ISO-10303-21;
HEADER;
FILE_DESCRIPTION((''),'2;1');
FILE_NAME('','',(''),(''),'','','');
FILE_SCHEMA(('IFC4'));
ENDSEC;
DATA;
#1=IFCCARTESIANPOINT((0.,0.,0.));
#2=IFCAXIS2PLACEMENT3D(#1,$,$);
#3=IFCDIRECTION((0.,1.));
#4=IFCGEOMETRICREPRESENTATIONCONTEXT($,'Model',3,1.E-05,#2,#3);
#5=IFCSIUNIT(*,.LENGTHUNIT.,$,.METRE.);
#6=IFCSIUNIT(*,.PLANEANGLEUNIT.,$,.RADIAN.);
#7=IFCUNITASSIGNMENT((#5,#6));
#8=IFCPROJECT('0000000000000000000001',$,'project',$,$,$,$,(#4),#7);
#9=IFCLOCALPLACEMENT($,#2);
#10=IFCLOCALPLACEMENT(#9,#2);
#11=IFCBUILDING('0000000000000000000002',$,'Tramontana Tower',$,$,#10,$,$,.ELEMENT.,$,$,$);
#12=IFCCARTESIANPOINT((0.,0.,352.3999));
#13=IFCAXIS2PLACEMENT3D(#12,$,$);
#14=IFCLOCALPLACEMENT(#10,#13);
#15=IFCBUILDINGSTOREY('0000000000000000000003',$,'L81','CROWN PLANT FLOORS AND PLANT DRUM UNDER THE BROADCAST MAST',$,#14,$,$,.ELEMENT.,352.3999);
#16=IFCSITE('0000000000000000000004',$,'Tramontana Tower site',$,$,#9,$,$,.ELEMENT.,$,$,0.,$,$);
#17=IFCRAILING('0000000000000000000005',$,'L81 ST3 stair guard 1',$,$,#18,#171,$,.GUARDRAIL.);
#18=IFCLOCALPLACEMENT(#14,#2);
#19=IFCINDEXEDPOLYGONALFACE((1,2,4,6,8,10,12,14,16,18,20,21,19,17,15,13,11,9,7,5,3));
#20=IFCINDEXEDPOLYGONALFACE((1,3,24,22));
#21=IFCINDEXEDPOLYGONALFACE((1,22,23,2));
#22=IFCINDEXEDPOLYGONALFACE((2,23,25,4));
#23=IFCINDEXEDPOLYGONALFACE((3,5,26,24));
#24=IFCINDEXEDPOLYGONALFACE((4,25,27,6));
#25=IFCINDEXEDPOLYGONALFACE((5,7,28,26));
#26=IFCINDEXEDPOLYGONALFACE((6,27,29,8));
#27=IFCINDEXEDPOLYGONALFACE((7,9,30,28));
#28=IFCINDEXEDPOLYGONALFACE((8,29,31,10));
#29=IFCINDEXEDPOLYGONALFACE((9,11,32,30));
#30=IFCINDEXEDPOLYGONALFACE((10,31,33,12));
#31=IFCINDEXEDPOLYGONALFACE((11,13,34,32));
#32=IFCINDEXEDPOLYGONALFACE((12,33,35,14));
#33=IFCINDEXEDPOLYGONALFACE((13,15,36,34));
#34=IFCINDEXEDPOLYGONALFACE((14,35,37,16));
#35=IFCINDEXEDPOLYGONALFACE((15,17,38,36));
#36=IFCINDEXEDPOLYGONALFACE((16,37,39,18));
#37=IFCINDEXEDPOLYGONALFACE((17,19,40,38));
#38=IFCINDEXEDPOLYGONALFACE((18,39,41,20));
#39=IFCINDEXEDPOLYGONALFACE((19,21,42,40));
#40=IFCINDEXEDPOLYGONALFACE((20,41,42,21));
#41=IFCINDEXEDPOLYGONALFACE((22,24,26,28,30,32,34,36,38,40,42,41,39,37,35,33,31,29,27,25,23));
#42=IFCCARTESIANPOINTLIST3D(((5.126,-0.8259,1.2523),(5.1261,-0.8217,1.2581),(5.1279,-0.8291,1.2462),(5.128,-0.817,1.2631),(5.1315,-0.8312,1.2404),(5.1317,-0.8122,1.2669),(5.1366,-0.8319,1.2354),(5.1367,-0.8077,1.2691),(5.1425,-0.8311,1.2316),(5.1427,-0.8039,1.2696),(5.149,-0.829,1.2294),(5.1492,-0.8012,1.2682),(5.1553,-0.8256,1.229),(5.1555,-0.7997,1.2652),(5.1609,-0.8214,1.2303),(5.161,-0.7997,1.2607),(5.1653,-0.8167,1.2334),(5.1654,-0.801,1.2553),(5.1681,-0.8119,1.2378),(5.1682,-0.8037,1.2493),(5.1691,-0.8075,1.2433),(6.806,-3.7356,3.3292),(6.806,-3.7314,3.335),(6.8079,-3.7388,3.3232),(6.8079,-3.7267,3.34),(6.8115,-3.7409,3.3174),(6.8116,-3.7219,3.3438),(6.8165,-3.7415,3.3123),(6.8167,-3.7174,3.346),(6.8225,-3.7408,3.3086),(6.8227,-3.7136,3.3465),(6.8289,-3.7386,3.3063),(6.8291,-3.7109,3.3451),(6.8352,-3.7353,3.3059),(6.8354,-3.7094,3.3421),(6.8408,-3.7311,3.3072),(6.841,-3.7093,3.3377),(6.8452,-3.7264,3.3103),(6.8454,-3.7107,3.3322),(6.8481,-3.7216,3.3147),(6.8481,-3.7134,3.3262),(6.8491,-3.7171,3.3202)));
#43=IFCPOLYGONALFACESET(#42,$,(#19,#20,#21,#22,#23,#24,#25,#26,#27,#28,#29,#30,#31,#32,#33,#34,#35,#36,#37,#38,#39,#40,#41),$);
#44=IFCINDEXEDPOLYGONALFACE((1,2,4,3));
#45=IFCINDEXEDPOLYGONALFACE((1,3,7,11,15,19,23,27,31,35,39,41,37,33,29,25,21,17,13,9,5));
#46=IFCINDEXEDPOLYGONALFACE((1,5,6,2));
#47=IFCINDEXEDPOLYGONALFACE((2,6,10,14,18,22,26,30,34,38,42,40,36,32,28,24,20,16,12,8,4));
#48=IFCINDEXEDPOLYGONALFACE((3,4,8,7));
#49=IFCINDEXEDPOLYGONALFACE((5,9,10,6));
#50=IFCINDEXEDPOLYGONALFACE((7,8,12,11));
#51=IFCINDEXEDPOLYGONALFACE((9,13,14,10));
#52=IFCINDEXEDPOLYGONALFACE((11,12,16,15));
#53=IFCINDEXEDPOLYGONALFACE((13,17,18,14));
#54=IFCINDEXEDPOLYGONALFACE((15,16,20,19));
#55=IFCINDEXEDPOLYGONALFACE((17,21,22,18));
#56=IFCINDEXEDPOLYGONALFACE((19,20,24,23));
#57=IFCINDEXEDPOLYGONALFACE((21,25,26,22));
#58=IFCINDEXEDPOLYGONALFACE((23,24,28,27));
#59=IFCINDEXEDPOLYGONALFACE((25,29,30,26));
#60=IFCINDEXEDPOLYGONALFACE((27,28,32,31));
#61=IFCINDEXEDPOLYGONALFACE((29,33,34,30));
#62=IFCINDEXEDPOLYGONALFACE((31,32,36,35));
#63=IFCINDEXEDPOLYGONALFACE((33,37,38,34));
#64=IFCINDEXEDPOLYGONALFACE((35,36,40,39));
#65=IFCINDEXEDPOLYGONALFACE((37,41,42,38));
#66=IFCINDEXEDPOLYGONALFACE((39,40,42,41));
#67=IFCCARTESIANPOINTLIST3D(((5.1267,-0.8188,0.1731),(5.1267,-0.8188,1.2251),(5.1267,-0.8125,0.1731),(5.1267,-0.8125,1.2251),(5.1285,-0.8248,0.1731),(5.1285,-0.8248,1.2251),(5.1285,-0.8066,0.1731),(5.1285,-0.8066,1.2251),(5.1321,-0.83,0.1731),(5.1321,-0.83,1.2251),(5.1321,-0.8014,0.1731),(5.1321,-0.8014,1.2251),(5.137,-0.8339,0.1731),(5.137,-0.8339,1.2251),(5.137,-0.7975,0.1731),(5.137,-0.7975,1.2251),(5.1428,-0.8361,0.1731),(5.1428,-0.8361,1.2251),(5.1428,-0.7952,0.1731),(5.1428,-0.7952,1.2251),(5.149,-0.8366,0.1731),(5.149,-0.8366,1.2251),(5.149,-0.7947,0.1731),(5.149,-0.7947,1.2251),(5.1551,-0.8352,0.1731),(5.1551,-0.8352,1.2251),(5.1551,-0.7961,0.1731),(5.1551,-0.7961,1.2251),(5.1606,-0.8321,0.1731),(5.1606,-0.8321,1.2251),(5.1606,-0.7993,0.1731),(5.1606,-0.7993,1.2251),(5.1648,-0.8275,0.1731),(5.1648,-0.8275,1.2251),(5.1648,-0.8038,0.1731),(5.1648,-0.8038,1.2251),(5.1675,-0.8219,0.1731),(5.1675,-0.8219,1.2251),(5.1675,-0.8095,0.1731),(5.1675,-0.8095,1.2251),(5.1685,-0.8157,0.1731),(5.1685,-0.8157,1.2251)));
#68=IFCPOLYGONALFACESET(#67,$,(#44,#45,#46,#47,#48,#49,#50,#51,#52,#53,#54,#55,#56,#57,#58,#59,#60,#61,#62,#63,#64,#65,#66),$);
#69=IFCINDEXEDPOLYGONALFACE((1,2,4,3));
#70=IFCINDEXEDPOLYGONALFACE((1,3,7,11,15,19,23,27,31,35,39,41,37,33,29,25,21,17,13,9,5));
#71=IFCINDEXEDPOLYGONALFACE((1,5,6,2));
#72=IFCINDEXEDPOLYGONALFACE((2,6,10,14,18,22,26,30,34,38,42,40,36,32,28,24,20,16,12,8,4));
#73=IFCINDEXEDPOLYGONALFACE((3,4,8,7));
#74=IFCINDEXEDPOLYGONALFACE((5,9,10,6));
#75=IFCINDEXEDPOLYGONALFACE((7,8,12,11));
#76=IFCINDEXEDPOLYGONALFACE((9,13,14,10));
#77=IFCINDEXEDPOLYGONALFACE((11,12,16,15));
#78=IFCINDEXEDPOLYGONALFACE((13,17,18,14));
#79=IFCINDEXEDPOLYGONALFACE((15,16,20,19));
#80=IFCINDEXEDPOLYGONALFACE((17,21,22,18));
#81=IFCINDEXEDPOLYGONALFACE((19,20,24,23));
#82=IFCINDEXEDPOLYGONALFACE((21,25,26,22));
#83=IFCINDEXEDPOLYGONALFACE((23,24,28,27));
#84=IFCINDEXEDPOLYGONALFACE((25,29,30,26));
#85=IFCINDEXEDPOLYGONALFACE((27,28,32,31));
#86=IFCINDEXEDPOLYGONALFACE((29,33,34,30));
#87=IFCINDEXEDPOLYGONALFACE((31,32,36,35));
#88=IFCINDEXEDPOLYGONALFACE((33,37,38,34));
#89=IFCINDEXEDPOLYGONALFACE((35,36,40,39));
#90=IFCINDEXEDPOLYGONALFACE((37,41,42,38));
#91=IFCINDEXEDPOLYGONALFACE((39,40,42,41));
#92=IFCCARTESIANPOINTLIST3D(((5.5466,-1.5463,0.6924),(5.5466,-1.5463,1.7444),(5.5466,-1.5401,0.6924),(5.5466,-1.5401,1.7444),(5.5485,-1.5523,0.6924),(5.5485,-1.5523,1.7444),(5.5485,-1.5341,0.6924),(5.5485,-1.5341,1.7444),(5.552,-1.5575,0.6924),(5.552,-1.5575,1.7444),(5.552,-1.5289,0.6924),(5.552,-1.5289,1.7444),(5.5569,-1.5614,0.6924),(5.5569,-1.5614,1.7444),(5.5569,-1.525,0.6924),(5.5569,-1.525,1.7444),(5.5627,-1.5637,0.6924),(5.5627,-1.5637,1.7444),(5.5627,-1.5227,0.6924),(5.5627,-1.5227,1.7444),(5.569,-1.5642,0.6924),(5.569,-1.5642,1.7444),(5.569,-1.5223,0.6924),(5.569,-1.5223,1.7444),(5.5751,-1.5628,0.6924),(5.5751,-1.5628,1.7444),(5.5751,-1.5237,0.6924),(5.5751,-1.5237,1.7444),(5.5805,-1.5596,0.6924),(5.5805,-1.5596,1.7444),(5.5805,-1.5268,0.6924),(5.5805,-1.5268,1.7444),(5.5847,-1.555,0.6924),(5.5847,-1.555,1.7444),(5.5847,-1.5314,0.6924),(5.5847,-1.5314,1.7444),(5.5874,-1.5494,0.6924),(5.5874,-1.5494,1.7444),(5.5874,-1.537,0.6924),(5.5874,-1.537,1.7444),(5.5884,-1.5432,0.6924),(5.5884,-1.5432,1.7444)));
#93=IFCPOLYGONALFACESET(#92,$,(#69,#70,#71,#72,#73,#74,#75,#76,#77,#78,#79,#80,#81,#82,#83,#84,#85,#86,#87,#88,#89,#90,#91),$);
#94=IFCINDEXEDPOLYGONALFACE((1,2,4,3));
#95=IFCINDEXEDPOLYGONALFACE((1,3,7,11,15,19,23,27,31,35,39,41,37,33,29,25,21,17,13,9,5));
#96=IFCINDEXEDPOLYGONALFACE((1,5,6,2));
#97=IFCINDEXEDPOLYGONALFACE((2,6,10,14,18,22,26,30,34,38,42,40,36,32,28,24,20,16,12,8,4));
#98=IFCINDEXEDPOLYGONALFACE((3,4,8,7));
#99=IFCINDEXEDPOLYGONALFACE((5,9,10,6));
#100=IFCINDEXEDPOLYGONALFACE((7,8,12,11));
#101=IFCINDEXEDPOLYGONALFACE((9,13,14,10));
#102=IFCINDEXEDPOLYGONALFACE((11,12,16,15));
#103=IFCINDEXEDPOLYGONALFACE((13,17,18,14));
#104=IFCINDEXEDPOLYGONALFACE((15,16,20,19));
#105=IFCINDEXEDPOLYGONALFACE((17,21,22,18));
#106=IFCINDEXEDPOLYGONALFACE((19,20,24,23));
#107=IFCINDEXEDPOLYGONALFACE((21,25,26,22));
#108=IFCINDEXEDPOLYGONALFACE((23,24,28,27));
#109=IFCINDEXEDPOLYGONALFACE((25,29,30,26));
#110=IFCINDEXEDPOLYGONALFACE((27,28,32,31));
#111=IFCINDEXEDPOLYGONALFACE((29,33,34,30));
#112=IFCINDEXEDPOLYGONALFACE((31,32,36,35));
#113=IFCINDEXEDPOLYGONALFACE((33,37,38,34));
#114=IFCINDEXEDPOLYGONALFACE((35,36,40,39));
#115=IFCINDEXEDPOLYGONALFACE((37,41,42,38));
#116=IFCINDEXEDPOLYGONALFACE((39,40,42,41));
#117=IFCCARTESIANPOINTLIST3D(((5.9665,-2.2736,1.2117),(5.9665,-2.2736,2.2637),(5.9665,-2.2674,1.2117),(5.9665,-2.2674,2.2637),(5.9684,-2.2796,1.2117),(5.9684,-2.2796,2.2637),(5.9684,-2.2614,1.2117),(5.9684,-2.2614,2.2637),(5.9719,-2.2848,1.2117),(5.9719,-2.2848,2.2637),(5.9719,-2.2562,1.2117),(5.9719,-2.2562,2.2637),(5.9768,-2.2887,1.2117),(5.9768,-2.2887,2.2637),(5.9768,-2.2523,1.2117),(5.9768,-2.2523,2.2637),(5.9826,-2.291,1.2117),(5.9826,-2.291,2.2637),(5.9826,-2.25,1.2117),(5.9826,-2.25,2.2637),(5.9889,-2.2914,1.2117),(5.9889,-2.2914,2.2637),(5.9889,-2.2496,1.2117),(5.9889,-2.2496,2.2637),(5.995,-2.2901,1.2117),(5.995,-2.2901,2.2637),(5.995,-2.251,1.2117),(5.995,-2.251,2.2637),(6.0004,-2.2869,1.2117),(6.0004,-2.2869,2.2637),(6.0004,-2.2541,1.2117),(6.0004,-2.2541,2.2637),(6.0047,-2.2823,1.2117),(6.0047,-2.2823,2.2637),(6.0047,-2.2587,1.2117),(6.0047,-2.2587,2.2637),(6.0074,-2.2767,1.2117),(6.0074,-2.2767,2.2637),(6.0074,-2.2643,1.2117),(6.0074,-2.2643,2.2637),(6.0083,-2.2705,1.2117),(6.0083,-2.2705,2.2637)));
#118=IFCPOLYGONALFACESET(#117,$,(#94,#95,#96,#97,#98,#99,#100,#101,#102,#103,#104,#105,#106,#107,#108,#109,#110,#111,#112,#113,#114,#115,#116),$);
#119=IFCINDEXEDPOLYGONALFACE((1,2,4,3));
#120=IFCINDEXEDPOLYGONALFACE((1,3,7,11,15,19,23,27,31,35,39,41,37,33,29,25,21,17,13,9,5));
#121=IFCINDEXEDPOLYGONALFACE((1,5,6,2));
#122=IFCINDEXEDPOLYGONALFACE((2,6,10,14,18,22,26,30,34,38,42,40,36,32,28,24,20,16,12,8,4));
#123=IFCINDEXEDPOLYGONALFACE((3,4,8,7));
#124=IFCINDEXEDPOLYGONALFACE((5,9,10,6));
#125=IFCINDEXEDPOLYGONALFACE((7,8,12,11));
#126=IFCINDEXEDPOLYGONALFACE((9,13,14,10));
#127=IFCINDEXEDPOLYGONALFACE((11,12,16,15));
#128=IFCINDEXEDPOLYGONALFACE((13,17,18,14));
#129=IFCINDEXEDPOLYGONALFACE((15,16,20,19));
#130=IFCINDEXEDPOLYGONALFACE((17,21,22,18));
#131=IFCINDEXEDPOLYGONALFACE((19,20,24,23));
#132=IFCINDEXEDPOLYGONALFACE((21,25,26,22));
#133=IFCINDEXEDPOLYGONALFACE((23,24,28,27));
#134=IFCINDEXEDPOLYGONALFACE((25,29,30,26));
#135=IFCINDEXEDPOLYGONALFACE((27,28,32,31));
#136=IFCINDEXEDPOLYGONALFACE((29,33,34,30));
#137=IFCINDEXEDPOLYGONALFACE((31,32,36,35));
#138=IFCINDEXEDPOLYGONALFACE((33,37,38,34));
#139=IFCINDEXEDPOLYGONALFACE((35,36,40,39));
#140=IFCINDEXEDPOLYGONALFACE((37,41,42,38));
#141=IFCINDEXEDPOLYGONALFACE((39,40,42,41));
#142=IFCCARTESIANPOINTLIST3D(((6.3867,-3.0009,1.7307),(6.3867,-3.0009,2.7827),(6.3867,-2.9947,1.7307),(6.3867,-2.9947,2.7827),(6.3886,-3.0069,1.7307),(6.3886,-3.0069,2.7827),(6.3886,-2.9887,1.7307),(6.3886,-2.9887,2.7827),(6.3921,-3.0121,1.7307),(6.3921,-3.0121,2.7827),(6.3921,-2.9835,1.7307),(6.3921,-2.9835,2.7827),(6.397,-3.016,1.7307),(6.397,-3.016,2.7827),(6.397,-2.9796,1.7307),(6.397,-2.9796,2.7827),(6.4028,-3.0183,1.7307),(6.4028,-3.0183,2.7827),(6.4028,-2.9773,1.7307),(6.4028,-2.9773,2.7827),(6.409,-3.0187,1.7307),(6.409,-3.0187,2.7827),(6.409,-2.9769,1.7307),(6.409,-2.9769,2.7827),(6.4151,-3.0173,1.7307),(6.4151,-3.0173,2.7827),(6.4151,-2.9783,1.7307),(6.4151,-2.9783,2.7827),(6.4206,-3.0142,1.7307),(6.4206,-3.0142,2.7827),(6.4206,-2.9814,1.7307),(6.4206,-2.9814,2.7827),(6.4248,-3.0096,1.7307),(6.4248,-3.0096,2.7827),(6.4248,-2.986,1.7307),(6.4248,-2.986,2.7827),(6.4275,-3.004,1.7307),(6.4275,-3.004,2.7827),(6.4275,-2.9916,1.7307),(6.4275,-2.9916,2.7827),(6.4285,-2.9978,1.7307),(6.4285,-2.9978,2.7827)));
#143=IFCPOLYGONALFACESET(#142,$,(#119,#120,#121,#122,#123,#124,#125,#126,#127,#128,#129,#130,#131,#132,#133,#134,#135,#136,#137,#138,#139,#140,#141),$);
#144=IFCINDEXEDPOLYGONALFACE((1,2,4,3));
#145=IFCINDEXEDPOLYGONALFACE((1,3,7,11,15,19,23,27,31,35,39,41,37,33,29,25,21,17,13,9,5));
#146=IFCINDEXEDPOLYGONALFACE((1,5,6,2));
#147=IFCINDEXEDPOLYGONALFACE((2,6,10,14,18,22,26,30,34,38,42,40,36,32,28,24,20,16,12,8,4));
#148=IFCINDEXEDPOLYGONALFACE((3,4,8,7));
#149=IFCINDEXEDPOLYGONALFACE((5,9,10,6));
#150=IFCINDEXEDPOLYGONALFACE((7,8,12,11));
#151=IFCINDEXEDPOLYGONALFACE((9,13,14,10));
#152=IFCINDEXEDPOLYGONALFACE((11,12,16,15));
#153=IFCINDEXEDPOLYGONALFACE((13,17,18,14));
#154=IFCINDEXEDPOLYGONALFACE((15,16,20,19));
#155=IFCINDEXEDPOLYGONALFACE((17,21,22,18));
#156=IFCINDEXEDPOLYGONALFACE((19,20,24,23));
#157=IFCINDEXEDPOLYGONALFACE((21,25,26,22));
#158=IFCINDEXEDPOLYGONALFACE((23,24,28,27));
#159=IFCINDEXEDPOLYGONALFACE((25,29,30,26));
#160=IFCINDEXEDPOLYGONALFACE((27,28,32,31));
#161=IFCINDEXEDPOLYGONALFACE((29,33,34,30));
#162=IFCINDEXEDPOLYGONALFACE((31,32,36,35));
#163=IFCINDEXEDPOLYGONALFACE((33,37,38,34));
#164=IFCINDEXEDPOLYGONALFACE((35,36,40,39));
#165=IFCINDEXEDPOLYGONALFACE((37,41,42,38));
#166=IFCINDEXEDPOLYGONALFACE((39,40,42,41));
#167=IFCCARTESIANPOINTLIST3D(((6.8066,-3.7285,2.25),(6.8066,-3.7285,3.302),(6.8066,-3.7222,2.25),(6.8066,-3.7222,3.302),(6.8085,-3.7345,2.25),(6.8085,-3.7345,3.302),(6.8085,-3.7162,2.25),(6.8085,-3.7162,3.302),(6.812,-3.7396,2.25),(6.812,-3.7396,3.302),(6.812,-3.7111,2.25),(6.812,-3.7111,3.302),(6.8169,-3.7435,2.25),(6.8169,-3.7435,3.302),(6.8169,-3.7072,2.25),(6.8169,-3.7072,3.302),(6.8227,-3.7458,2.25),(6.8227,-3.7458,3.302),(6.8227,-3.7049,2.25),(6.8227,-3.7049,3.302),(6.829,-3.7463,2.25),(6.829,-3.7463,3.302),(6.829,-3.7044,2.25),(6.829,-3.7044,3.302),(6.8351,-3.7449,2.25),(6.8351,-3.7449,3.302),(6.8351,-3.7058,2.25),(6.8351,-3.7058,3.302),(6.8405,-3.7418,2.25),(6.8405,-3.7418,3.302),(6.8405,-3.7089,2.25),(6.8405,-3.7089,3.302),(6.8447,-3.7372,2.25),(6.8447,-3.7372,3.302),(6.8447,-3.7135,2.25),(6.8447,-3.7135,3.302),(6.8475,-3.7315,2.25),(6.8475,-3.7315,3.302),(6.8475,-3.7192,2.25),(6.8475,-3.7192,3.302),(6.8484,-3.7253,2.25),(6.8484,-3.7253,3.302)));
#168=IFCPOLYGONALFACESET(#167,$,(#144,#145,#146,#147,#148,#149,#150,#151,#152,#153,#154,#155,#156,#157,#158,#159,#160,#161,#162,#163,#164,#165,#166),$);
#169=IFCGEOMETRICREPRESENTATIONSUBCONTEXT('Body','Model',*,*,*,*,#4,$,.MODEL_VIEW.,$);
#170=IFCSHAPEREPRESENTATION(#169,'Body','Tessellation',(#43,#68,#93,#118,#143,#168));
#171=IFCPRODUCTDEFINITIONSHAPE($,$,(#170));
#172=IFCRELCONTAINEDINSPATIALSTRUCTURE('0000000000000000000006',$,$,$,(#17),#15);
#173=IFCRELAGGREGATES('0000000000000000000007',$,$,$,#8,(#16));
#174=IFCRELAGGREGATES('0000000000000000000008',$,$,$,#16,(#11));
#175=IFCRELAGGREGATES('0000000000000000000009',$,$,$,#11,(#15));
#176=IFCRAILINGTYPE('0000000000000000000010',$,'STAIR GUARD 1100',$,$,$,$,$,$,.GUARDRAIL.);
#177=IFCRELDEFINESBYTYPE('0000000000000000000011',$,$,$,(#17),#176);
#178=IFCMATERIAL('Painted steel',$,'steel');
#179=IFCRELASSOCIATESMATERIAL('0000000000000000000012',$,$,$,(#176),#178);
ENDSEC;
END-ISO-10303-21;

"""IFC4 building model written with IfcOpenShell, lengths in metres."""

from ifc_helpers import new_model, si_unit, direction, frame, origin, origin_2d, place, context, subcontext, project, spatial, circle, extrude, material, type_object, element, save


model = new_model("IFC4")

# Units and contexts
model_context = context("Model", 3, precision=1e-05, world=origin(), true_north=direction((0.0, 1.0)))
body_context = subcontext(model_context, "Body", "Model", "MODEL_VIEW")
ifc_project = project(units=[si_unit("LENGTHUNIT", "METRE"), si_unit("PLANEANGLEUNIT", "RADIAN")], contexts=[model_context])

# Site, building, storey
site_placement = place(None, origin())
site = spatial("IfcSite", under=ifc_project, at=site_placement, Name="Tramontana Tower site", CompositionType="ELEMENT", RefElevation=0.0)
building_placement = place(site_placement, origin())
building = spatial("IfcBuilding", under=site, at=building_placement, Name="Tramontana Tower", CompositionType="ELEMENT")
storey_placement = place(building_placement, frame((0.0, 0.0, 352.3999)))
storey = spatial("IfcBuildingStorey", under=building, at=storey_placement, Name="L81", Description="CROWN PLANT FLOORS AND PLANT DRUM UNDER THE BROADCAST MAST", CompositionType="ELEMENT", Elevation=352.3999)

# Railing
ifc_material_1 = material(Name="Painted steel", Category="steel")
railing_type_1 = type_object("IfcRailingType", Name="STAIR GUARD 1100", PredefinedType="GUARDRAIL", material=ifc_material_1)
railing_1_placement = place(storey_placement, frame((5.1475, -0.8157, 0.1731)))
element("IfcRailing", 1, at=railing_1_placement, inside=storey, type_object=railing_type_1, Name="L81 ST3 stair guard 1", PredefinedType="GUARDRAIL", context=body_context, shape_type="SweptSolid", body=[
    extrude(circle(Radius=0.0239, at=origin_2d()), frame((0.0, 0.0, 1.0762), z_axis=(0.425308, -0.73664, 0.525809), x_axis=(0.866021, 0.500008, 0.0)), (0.0, 0.0, 1.0), 3.95),
    extrude(circle(Radius=0.021, at=origin_2d()), origin(), (0.0, 0.0, 1.0), 1.052),
    extrude(circle(Radius=0.021, at=origin_2d()), frame((0.4199, -0.7275, 0.5193)), (0.0, 0.0, 1.0), 1.052),
    extrude(circle(Radius=0.021, at=origin_2d()), frame((0.8398, -1.4548, 1.0386)), (0.0, 0.0, 1.0), 1.052),
    extrude(circle(Radius=0.021, at=origin_2d()), frame((1.26, -2.1821, 1.5576)), (0.0, 0.0, 1.0), 1.052),
    extrude(circle(Radius=0.021, at=origin_2d()), frame((1.6799, -2.9097, 2.0769)), (0.0, 0.0, 1.0), 1.052),
])

save(model, "model.ifc")
